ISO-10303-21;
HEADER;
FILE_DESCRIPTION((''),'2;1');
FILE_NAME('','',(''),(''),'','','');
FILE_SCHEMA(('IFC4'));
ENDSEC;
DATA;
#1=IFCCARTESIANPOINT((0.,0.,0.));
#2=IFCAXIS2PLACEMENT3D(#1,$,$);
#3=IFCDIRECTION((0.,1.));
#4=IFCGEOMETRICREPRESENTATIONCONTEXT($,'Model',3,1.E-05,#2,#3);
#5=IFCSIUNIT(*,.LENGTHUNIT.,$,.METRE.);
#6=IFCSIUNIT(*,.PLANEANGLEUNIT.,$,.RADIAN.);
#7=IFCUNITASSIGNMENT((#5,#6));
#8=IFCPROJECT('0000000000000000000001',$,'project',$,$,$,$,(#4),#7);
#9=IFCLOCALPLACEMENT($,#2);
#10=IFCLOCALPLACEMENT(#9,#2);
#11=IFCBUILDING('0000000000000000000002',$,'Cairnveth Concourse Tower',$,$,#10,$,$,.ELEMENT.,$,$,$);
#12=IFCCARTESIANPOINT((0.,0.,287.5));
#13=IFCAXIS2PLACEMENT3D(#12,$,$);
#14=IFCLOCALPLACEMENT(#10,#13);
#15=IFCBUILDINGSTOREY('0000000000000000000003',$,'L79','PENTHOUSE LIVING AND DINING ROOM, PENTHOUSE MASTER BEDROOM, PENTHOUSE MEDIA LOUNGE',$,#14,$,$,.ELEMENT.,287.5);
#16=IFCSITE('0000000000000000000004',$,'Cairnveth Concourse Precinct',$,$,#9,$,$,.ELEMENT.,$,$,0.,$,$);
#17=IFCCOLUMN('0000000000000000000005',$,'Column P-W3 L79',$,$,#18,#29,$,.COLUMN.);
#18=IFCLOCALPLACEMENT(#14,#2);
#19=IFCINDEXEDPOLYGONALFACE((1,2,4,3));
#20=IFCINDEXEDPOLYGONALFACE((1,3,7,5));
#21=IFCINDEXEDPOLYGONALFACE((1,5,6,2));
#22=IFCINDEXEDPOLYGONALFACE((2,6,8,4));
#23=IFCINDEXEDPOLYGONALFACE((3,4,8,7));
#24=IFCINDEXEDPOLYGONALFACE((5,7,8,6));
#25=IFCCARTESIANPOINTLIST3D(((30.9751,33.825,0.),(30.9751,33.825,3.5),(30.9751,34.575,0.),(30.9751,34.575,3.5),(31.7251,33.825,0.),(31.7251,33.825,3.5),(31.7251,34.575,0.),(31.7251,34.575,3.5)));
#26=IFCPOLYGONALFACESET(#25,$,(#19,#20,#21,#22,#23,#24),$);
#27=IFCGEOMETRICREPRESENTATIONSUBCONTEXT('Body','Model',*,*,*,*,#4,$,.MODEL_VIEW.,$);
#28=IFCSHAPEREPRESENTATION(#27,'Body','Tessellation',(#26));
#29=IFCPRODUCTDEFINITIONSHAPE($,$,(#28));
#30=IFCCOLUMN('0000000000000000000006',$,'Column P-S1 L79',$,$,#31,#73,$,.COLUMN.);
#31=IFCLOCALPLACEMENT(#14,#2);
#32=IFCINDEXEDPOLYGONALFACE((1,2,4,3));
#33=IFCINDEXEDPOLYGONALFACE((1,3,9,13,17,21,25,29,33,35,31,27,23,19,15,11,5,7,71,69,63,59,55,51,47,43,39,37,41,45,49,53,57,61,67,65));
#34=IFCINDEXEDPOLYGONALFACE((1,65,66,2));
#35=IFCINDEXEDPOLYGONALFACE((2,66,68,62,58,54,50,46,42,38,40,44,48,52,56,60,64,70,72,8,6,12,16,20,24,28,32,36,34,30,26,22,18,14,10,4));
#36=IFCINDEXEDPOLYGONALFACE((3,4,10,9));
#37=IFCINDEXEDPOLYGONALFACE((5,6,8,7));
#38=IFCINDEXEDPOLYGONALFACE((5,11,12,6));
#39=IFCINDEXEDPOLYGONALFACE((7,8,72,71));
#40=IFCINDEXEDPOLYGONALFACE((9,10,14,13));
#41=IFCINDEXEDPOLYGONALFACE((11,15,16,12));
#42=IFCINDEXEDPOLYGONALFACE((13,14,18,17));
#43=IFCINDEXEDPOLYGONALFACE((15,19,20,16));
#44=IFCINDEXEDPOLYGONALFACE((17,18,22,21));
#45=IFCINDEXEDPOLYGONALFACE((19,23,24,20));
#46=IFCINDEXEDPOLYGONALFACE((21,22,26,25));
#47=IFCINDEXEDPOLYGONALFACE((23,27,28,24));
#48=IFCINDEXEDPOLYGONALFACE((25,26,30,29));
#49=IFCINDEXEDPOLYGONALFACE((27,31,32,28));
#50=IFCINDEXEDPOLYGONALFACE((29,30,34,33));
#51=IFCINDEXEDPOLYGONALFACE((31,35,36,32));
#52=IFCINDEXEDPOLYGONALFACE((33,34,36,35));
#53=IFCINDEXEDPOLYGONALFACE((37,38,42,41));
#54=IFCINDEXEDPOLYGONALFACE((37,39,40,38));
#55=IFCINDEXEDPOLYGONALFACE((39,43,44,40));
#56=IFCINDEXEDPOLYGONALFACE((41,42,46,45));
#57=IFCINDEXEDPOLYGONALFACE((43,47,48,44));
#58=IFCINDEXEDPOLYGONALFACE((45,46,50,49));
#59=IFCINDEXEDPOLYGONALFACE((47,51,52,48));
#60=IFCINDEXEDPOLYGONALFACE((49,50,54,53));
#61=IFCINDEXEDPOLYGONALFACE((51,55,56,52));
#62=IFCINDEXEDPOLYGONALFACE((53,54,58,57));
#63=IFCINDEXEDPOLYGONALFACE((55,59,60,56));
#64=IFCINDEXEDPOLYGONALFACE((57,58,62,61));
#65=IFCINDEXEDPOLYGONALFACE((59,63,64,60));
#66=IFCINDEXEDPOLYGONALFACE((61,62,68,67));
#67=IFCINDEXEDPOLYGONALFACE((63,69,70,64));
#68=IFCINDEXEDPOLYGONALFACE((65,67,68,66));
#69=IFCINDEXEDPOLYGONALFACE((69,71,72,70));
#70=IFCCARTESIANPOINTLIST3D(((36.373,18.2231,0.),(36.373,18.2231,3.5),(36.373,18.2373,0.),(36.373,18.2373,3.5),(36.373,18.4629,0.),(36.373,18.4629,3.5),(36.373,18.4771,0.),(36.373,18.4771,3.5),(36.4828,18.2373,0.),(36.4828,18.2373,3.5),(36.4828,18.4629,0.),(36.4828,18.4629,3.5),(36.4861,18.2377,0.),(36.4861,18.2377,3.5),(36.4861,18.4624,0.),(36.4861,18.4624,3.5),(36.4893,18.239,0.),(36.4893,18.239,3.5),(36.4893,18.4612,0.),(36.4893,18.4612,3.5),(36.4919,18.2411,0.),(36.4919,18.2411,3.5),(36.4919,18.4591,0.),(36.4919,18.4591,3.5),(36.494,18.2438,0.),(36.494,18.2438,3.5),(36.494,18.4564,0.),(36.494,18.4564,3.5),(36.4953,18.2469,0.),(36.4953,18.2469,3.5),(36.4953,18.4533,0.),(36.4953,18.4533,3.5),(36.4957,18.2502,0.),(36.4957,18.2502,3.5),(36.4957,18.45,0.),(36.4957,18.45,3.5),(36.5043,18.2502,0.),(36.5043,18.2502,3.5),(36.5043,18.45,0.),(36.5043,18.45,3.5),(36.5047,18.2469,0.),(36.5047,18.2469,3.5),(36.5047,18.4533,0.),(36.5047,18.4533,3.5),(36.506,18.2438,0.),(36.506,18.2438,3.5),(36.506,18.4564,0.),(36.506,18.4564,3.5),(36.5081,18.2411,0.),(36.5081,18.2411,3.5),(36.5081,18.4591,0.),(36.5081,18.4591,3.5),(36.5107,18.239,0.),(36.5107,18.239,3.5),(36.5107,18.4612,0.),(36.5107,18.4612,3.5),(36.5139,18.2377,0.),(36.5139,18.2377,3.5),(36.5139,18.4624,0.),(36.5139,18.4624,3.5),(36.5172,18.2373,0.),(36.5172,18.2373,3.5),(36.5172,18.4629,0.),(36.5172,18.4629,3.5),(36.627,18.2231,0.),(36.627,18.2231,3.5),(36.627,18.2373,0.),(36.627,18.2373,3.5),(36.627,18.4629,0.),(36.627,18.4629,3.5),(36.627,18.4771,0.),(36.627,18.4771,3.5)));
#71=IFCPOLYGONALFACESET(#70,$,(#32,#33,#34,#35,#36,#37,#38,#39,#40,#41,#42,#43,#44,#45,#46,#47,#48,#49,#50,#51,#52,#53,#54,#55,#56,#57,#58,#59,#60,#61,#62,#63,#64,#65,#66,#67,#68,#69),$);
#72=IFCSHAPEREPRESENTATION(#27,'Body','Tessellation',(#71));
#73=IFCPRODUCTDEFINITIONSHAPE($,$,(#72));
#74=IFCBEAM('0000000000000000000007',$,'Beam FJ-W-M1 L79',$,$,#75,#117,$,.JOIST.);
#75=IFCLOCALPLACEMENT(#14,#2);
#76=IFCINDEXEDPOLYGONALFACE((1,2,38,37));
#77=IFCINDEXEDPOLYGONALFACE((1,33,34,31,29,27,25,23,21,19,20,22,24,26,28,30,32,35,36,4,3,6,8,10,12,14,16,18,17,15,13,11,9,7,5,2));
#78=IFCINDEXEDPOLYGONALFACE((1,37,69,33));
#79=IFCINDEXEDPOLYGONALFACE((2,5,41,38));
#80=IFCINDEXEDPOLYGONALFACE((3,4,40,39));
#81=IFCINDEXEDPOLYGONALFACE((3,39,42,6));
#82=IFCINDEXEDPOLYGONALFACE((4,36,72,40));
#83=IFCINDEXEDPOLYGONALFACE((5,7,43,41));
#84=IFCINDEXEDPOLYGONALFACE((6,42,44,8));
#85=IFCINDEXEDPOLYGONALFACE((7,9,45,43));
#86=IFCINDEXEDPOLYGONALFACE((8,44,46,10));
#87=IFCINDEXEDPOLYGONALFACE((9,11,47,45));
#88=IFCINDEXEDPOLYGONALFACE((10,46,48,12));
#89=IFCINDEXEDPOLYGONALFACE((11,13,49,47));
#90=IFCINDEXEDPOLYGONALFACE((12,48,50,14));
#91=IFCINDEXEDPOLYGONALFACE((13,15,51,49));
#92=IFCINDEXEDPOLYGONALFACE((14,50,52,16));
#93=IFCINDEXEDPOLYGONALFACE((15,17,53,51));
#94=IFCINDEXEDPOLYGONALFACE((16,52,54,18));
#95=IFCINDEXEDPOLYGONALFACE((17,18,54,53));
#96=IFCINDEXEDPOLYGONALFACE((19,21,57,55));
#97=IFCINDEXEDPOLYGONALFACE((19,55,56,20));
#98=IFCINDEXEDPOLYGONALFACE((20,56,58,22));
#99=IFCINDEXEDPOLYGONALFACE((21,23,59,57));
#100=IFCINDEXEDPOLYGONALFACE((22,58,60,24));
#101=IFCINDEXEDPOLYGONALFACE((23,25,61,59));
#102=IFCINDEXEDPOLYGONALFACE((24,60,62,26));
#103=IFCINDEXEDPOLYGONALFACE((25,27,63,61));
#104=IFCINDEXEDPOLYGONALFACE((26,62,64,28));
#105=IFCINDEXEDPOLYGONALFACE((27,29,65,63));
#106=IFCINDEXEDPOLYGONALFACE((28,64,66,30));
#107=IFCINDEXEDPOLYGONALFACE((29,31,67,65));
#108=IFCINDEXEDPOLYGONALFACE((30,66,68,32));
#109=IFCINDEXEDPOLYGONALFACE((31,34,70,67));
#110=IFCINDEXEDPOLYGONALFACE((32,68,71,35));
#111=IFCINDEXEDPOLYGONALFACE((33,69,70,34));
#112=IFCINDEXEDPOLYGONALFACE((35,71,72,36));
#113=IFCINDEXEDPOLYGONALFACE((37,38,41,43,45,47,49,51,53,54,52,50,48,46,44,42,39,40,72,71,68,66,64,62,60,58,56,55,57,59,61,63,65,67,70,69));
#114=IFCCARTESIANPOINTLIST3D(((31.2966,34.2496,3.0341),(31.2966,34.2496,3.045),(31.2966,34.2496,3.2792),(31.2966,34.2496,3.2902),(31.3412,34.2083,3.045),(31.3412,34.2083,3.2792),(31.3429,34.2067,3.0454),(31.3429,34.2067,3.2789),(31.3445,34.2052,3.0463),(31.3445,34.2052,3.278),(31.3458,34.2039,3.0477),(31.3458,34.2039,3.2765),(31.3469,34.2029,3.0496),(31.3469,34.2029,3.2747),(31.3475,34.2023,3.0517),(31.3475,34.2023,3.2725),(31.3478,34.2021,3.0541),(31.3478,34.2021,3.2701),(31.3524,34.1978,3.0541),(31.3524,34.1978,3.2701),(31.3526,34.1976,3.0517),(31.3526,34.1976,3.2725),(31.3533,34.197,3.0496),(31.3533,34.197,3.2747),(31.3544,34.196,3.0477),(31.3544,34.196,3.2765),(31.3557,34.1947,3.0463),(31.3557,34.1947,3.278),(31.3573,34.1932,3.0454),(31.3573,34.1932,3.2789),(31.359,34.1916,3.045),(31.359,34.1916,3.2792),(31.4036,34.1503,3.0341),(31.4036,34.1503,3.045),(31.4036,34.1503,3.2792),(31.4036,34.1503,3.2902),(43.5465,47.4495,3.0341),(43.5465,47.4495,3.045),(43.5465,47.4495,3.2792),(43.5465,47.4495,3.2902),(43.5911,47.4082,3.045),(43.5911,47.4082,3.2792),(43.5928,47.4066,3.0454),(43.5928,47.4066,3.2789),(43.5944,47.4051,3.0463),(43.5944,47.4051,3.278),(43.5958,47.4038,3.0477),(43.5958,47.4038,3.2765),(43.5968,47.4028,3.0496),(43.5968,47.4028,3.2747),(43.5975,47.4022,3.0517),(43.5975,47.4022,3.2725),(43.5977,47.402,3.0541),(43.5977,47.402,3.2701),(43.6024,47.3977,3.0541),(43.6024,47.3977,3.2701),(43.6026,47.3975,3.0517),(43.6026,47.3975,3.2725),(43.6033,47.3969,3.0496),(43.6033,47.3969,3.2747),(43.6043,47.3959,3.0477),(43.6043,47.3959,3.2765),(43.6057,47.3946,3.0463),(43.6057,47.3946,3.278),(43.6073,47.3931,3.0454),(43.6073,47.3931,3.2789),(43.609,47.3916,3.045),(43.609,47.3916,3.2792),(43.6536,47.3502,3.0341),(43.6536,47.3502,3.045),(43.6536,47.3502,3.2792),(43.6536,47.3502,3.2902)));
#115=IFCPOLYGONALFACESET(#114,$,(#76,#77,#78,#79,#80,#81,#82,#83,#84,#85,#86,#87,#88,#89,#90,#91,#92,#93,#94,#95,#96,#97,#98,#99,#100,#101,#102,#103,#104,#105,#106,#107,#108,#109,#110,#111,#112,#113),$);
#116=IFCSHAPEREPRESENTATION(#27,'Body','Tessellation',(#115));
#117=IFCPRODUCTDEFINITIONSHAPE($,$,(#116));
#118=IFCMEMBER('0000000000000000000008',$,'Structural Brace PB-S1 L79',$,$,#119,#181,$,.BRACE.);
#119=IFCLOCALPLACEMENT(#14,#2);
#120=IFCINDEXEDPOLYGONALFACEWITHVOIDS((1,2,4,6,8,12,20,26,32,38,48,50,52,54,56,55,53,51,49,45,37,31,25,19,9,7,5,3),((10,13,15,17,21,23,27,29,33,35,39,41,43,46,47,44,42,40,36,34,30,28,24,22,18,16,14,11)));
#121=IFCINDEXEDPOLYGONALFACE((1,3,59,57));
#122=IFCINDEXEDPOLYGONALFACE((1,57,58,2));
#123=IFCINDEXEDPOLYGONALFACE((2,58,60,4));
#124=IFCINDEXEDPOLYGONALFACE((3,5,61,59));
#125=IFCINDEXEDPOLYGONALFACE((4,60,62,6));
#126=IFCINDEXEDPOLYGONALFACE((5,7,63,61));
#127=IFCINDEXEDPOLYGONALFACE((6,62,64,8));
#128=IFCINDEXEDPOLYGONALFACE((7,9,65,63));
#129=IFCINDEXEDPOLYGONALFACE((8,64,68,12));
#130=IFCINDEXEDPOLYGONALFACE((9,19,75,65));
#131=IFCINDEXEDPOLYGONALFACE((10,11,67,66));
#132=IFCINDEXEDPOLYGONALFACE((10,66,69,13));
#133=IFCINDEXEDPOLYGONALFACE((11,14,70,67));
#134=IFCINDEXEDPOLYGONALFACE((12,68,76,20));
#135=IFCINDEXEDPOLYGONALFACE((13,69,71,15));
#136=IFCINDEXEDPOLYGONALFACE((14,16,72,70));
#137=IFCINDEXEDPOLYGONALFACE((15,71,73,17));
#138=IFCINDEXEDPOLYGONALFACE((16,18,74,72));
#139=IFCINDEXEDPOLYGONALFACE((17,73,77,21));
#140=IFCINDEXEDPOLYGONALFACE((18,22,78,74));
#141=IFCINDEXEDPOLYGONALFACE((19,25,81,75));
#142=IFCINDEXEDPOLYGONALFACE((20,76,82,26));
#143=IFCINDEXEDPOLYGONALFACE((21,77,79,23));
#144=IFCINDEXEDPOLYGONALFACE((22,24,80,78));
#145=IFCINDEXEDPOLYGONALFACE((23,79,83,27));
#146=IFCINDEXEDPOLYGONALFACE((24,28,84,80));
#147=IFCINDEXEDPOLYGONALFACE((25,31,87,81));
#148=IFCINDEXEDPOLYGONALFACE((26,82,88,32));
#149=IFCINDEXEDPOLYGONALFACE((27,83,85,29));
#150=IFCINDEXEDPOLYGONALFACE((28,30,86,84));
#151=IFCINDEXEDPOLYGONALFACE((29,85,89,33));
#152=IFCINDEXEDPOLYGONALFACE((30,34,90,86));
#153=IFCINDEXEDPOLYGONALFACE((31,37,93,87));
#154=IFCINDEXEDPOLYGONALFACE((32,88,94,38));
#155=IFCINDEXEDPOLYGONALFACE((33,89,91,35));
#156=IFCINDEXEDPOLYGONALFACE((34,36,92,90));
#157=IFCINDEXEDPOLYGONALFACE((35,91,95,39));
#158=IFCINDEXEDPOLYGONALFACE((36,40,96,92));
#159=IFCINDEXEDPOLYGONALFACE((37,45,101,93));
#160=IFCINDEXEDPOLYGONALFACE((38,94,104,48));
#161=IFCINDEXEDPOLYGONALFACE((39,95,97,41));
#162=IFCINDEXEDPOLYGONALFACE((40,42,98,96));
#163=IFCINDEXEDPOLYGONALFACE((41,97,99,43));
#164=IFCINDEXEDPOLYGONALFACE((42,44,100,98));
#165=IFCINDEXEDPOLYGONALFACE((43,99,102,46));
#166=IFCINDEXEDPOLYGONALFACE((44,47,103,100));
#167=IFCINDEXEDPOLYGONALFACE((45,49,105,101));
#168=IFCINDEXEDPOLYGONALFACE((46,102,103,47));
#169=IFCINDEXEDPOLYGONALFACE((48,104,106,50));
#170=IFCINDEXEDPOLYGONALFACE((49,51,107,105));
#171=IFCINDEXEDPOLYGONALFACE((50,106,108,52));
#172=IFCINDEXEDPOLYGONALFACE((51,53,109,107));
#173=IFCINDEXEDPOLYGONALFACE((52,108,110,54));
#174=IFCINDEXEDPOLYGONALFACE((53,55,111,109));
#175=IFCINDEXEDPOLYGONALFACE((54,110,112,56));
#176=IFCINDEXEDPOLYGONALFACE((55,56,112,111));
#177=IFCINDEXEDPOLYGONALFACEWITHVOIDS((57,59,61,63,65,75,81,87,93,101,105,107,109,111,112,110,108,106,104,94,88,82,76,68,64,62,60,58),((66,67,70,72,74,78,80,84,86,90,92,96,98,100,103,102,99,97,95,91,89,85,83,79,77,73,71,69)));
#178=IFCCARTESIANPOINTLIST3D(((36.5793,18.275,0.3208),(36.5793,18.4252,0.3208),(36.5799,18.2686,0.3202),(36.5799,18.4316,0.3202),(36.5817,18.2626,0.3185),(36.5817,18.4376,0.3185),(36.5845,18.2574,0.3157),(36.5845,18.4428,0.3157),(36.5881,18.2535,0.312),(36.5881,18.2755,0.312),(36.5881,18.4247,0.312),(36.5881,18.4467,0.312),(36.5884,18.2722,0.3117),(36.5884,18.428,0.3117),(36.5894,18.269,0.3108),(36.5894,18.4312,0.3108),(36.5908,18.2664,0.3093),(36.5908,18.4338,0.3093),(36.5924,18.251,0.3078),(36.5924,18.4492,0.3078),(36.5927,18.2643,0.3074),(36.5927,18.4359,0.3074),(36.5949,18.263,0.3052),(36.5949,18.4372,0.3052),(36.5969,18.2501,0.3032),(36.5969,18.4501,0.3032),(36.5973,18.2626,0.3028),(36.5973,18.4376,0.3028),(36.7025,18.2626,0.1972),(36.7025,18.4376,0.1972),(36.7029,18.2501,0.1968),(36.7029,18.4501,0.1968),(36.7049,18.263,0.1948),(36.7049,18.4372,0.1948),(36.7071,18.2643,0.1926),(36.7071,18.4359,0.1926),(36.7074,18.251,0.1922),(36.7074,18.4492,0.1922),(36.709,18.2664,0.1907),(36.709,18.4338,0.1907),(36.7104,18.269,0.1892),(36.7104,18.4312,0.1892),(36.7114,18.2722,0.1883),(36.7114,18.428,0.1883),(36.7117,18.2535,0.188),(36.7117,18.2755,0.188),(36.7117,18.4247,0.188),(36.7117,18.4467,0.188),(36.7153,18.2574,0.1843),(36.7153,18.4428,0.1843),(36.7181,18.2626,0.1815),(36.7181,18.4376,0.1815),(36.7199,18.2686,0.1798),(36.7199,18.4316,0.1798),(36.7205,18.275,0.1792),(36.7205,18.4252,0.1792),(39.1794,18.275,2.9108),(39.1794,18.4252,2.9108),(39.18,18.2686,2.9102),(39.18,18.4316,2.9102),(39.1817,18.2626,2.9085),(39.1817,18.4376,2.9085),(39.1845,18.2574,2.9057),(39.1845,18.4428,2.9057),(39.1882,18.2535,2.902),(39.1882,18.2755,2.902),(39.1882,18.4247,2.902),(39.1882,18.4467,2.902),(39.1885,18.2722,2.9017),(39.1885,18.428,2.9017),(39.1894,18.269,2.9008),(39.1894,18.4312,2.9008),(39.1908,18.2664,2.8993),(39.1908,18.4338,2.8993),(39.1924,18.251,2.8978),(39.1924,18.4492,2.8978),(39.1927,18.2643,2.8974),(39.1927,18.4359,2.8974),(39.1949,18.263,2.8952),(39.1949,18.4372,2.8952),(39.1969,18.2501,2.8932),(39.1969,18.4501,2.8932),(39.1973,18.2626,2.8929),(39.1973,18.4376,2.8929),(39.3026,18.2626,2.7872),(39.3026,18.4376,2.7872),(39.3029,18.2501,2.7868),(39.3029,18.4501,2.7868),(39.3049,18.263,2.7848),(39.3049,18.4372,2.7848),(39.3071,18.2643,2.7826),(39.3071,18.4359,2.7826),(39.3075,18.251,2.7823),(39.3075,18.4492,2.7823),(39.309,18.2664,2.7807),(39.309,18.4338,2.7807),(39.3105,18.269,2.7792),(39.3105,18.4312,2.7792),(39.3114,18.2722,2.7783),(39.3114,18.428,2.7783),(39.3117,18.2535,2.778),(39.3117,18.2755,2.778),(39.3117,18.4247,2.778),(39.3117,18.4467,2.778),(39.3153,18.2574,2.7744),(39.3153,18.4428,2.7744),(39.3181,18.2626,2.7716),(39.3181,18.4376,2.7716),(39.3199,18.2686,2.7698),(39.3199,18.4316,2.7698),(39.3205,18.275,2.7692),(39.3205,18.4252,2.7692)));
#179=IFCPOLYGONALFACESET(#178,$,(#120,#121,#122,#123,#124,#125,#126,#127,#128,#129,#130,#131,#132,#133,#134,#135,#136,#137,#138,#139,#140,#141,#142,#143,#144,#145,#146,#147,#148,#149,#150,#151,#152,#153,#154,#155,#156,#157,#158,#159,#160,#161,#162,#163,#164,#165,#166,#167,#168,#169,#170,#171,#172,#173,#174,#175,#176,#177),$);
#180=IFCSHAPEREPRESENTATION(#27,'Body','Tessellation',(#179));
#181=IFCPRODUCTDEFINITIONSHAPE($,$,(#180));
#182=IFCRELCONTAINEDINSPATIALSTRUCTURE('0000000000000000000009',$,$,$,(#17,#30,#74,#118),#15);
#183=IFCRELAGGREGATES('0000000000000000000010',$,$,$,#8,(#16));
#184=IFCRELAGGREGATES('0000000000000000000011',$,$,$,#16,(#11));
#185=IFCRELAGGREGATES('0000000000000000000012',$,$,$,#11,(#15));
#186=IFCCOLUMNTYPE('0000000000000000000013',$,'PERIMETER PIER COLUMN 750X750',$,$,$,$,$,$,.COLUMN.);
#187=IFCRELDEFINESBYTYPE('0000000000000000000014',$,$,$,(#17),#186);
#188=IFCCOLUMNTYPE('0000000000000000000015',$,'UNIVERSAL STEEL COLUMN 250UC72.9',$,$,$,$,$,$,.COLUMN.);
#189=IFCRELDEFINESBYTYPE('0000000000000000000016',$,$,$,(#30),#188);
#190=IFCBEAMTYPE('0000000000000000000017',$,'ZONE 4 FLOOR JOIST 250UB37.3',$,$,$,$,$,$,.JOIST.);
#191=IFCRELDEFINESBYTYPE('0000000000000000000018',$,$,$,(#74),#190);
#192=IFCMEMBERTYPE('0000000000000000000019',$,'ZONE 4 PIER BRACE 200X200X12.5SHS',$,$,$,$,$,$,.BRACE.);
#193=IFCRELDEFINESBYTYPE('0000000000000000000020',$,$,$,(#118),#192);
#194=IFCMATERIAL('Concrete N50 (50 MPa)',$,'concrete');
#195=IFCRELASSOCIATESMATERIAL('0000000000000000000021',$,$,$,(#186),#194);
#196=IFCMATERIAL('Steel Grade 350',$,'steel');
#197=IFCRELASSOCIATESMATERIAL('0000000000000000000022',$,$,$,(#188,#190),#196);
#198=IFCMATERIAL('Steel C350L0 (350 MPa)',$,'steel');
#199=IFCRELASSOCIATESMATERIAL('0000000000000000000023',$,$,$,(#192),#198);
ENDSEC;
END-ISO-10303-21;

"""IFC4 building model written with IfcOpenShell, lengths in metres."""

from ifc_helpers import new_model, si_unit, direction, frame, origin, origin_2d, place, context, subcontext, project, spatial, rectangle, hollow_rectangle, i_section, extrude, material, material_profile, profile_set, type_object, element, save


model = new_model("IFC4")

# Units and contexts
model_context = context("Model", 3, precision=1e-05, world=origin(), true_north=direction((0.0, 1.0)))
body_context = subcontext(model_context, "Body", "Model", "MODEL_VIEW")
ifc_project = project(units=[si_unit("LENGTHUNIT", "METRE"), si_unit("PLANEANGLEUNIT", "RADIAN")], contexts=[model_context])

# Site, building, storey
site_placement = place(None, origin())
site = spatial("IfcSite", under=ifc_project, at=site_placement, Name="Cairnveth Concourse Precinct", CompositionType="ELEMENT", RefElevation=0.0)
building_placement = place(site_placement, origin())
building = spatial("IfcBuilding", under=site, at=building_placement, Name="Cairnveth Concourse Tower", CompositionType="ELEMENT")
storey_placement = place(building_placement, frame((0.0, 0.0, 287.5)))
storey = spatial("IfcBuildingStorey", under=building, at=storey_placement, Name="L79", Description="PENTHOUSE LIVING AND DINING ROOM, PENTHOUSE MASTER BEDROOM, PENTHOUSE MEDIA LOUNGE", CompositionType="ELEMENT", Elevation=287.5)

# Columns
ifc_material_1 = material(Name="Concrete N50 (50 MPa)", Category="concrete")
ifc_material_profile_1 = material_profile(ifc_material_1, rectangle(XDim=0.75, YDim=0.75, at=origin_2d()), Name="RC-COL-750x750")
ifc_profile_set_1 = profile_set([ifc_material_profile_1], Name="Concrete N50 (50 MPa)")
column_type_1 = type_object("IfcColumnType", Name="PERIMETER PIER COLUMN 750X750", PredefinedType="COLUMN", material=ifc_profile_set_1)
column_1_placement = place(storey_placement, frame((31.3501, 34.2, 0.0), z_axis=(0.0, 0.0, 1.0), x_axis=(0.0, 1.0, 0.0)))
element("IfcColumn", 1, at=column_1_placement, inside=storey, type_object=column_type_1, Name="Column P-W3 L79", PredefinedType="COLUMN", context=body_context, shape_type="SweptSolid", body=[
    extrude(rectangle(XDim=0.75, YDim=0.75, at=origin_2d()), origin(), (0.0, 0.0, 1.0), 3.5),
])
ifc_material_2 = material(Name="Steel Grade 350", Category="steel")
ifc_material_profile_2 = material_profile(ifc_material_2, i_section(OverallWidth=0.2539, OverallDepth=0.2539, WebThickness=0.0085, FlangeThickness=0.0142, FilletRadius=0.0129, at=origin_2d()), Name="250UC72.9")
ifc_profile_set_2 = profile_set([ifc_material_profile_2], Name="Steel Grade 350")
column_type_2 = type_object("IfcColumnType", Name="UNIVERSAL STEEL COLUMN 250UC72.9", PredefinedType="COLUMN", material=ifc_profile_set_2)
column_2_placement = place(storey_placement, frame((36.5, 18.3501, 0.0), z_axis=(0.0, 0.0, 1.0), x_axis=(1.0, 0.0, 0.0)))
element("IfcColumn", 2, at=column_2_placement, inside=storey, type_object=column_type_2, Name="Column P-S1 L79", PredefinedType="COLUMN", context=body_context, shape_type="SweptSolid", body=[
    extrude(i_section(OverallWidth=0.2539, OverallDepth=0.2539, WebThickness=0.0085, FlangeThickness=0.0142, FilletRadius=0.0129, at=origin_2d()), origin(), (0.0, 0.0, 1.0), 3.5),
])

# Beam
ifc_material_profile_3 = material_profile(ifc_material_2, i_section(OverallWidth=0.146, OverallDepth=0.2561, WebThickness=0.0063, FlangeThickness=0.011, FilletRadius=0.009, at=origin_2d()), Name="250UB37.3")
ifc_profile_set_3 = profile_set([ifc_material_profile_3], Name="Steel Grade 350")
beam_type_1 = type_object("IfcBeamType", Name="ZONE 4 FLOOR JOIST 250UB37.3", PredefinedType="JOIST", material=ifc_profile_set_3)
beam_1_placement = place(storey_placement, frame((31.3501, 34.2, 3.1621), z_axis=(0.680239, 0.73299, 0.0), x_axis=(-0.73299, 0.680239, 0.0)))
element("IfcBeam", 3, at=beam_1_placement, inside=storey, type_object=beam_type_1, Name="Beam FJ-W-M1 L79", PredefinedType="JOIST", context=body_context, shape_type="SweptSolid", body=[
    extrude(i_section(OverallWidth=0.146, OverallDepth=0.2561, WebThickness=0.0063, FlangeThickness=0.011, FilletRadius=0.009, at=origin_2d()), origin(), (0.0, 0.0, 1.0), 18.0083),
])

# Member
ifc_material_3 = material(Name="Steel C350L0 (350 MPa)", Category="steel")
ifc_material_profile_4 = material_profile(ifc_material_3, hollow_rectangle(XDim=0.2, YDim=0.2, WallThickness=0.0125, InnerFilletRadius=0.0129, OuterFilletRadius=0.0249, at=origin_2d()), Name="200x200x12.5SHS")
ifc_profile_set_4 = profile_set([ifc_material_profile_4], Name="Steel C350L0 (350 MPa)")
member_type = type_object("IfcMemberType", Name="ZONE 4 PIER BRACE 200X200X12.5SHS", PredefinedType="BRACE", material=ifc_profile_set_4)
member_placement = place(storey_placement, frame((36.6499, 18.3501, 0.25), z_axis=(0.708469, 0.0, 0.705742), x_axis=(0.0, 1.0, 0.0)))
element("IfcMember", 4, at=member_placement, inside=storey, type_object=member_type, Name="Structural Brace PB-S1 L79", PredefinedType="BRACE", context=body_context, shape_type="SweptSolid", body=[
    extrude(hollow_rectangle(XDim=0.2, YDim=0.2, WallThickness=0.0125, InnerFilletRadius=0.0129, OuterFilletRadius=0.0249, at=origin_2d()), origin(), (0.0, 0.0, 1.0), 3.6699),
])

save(model, "model.ifc")
